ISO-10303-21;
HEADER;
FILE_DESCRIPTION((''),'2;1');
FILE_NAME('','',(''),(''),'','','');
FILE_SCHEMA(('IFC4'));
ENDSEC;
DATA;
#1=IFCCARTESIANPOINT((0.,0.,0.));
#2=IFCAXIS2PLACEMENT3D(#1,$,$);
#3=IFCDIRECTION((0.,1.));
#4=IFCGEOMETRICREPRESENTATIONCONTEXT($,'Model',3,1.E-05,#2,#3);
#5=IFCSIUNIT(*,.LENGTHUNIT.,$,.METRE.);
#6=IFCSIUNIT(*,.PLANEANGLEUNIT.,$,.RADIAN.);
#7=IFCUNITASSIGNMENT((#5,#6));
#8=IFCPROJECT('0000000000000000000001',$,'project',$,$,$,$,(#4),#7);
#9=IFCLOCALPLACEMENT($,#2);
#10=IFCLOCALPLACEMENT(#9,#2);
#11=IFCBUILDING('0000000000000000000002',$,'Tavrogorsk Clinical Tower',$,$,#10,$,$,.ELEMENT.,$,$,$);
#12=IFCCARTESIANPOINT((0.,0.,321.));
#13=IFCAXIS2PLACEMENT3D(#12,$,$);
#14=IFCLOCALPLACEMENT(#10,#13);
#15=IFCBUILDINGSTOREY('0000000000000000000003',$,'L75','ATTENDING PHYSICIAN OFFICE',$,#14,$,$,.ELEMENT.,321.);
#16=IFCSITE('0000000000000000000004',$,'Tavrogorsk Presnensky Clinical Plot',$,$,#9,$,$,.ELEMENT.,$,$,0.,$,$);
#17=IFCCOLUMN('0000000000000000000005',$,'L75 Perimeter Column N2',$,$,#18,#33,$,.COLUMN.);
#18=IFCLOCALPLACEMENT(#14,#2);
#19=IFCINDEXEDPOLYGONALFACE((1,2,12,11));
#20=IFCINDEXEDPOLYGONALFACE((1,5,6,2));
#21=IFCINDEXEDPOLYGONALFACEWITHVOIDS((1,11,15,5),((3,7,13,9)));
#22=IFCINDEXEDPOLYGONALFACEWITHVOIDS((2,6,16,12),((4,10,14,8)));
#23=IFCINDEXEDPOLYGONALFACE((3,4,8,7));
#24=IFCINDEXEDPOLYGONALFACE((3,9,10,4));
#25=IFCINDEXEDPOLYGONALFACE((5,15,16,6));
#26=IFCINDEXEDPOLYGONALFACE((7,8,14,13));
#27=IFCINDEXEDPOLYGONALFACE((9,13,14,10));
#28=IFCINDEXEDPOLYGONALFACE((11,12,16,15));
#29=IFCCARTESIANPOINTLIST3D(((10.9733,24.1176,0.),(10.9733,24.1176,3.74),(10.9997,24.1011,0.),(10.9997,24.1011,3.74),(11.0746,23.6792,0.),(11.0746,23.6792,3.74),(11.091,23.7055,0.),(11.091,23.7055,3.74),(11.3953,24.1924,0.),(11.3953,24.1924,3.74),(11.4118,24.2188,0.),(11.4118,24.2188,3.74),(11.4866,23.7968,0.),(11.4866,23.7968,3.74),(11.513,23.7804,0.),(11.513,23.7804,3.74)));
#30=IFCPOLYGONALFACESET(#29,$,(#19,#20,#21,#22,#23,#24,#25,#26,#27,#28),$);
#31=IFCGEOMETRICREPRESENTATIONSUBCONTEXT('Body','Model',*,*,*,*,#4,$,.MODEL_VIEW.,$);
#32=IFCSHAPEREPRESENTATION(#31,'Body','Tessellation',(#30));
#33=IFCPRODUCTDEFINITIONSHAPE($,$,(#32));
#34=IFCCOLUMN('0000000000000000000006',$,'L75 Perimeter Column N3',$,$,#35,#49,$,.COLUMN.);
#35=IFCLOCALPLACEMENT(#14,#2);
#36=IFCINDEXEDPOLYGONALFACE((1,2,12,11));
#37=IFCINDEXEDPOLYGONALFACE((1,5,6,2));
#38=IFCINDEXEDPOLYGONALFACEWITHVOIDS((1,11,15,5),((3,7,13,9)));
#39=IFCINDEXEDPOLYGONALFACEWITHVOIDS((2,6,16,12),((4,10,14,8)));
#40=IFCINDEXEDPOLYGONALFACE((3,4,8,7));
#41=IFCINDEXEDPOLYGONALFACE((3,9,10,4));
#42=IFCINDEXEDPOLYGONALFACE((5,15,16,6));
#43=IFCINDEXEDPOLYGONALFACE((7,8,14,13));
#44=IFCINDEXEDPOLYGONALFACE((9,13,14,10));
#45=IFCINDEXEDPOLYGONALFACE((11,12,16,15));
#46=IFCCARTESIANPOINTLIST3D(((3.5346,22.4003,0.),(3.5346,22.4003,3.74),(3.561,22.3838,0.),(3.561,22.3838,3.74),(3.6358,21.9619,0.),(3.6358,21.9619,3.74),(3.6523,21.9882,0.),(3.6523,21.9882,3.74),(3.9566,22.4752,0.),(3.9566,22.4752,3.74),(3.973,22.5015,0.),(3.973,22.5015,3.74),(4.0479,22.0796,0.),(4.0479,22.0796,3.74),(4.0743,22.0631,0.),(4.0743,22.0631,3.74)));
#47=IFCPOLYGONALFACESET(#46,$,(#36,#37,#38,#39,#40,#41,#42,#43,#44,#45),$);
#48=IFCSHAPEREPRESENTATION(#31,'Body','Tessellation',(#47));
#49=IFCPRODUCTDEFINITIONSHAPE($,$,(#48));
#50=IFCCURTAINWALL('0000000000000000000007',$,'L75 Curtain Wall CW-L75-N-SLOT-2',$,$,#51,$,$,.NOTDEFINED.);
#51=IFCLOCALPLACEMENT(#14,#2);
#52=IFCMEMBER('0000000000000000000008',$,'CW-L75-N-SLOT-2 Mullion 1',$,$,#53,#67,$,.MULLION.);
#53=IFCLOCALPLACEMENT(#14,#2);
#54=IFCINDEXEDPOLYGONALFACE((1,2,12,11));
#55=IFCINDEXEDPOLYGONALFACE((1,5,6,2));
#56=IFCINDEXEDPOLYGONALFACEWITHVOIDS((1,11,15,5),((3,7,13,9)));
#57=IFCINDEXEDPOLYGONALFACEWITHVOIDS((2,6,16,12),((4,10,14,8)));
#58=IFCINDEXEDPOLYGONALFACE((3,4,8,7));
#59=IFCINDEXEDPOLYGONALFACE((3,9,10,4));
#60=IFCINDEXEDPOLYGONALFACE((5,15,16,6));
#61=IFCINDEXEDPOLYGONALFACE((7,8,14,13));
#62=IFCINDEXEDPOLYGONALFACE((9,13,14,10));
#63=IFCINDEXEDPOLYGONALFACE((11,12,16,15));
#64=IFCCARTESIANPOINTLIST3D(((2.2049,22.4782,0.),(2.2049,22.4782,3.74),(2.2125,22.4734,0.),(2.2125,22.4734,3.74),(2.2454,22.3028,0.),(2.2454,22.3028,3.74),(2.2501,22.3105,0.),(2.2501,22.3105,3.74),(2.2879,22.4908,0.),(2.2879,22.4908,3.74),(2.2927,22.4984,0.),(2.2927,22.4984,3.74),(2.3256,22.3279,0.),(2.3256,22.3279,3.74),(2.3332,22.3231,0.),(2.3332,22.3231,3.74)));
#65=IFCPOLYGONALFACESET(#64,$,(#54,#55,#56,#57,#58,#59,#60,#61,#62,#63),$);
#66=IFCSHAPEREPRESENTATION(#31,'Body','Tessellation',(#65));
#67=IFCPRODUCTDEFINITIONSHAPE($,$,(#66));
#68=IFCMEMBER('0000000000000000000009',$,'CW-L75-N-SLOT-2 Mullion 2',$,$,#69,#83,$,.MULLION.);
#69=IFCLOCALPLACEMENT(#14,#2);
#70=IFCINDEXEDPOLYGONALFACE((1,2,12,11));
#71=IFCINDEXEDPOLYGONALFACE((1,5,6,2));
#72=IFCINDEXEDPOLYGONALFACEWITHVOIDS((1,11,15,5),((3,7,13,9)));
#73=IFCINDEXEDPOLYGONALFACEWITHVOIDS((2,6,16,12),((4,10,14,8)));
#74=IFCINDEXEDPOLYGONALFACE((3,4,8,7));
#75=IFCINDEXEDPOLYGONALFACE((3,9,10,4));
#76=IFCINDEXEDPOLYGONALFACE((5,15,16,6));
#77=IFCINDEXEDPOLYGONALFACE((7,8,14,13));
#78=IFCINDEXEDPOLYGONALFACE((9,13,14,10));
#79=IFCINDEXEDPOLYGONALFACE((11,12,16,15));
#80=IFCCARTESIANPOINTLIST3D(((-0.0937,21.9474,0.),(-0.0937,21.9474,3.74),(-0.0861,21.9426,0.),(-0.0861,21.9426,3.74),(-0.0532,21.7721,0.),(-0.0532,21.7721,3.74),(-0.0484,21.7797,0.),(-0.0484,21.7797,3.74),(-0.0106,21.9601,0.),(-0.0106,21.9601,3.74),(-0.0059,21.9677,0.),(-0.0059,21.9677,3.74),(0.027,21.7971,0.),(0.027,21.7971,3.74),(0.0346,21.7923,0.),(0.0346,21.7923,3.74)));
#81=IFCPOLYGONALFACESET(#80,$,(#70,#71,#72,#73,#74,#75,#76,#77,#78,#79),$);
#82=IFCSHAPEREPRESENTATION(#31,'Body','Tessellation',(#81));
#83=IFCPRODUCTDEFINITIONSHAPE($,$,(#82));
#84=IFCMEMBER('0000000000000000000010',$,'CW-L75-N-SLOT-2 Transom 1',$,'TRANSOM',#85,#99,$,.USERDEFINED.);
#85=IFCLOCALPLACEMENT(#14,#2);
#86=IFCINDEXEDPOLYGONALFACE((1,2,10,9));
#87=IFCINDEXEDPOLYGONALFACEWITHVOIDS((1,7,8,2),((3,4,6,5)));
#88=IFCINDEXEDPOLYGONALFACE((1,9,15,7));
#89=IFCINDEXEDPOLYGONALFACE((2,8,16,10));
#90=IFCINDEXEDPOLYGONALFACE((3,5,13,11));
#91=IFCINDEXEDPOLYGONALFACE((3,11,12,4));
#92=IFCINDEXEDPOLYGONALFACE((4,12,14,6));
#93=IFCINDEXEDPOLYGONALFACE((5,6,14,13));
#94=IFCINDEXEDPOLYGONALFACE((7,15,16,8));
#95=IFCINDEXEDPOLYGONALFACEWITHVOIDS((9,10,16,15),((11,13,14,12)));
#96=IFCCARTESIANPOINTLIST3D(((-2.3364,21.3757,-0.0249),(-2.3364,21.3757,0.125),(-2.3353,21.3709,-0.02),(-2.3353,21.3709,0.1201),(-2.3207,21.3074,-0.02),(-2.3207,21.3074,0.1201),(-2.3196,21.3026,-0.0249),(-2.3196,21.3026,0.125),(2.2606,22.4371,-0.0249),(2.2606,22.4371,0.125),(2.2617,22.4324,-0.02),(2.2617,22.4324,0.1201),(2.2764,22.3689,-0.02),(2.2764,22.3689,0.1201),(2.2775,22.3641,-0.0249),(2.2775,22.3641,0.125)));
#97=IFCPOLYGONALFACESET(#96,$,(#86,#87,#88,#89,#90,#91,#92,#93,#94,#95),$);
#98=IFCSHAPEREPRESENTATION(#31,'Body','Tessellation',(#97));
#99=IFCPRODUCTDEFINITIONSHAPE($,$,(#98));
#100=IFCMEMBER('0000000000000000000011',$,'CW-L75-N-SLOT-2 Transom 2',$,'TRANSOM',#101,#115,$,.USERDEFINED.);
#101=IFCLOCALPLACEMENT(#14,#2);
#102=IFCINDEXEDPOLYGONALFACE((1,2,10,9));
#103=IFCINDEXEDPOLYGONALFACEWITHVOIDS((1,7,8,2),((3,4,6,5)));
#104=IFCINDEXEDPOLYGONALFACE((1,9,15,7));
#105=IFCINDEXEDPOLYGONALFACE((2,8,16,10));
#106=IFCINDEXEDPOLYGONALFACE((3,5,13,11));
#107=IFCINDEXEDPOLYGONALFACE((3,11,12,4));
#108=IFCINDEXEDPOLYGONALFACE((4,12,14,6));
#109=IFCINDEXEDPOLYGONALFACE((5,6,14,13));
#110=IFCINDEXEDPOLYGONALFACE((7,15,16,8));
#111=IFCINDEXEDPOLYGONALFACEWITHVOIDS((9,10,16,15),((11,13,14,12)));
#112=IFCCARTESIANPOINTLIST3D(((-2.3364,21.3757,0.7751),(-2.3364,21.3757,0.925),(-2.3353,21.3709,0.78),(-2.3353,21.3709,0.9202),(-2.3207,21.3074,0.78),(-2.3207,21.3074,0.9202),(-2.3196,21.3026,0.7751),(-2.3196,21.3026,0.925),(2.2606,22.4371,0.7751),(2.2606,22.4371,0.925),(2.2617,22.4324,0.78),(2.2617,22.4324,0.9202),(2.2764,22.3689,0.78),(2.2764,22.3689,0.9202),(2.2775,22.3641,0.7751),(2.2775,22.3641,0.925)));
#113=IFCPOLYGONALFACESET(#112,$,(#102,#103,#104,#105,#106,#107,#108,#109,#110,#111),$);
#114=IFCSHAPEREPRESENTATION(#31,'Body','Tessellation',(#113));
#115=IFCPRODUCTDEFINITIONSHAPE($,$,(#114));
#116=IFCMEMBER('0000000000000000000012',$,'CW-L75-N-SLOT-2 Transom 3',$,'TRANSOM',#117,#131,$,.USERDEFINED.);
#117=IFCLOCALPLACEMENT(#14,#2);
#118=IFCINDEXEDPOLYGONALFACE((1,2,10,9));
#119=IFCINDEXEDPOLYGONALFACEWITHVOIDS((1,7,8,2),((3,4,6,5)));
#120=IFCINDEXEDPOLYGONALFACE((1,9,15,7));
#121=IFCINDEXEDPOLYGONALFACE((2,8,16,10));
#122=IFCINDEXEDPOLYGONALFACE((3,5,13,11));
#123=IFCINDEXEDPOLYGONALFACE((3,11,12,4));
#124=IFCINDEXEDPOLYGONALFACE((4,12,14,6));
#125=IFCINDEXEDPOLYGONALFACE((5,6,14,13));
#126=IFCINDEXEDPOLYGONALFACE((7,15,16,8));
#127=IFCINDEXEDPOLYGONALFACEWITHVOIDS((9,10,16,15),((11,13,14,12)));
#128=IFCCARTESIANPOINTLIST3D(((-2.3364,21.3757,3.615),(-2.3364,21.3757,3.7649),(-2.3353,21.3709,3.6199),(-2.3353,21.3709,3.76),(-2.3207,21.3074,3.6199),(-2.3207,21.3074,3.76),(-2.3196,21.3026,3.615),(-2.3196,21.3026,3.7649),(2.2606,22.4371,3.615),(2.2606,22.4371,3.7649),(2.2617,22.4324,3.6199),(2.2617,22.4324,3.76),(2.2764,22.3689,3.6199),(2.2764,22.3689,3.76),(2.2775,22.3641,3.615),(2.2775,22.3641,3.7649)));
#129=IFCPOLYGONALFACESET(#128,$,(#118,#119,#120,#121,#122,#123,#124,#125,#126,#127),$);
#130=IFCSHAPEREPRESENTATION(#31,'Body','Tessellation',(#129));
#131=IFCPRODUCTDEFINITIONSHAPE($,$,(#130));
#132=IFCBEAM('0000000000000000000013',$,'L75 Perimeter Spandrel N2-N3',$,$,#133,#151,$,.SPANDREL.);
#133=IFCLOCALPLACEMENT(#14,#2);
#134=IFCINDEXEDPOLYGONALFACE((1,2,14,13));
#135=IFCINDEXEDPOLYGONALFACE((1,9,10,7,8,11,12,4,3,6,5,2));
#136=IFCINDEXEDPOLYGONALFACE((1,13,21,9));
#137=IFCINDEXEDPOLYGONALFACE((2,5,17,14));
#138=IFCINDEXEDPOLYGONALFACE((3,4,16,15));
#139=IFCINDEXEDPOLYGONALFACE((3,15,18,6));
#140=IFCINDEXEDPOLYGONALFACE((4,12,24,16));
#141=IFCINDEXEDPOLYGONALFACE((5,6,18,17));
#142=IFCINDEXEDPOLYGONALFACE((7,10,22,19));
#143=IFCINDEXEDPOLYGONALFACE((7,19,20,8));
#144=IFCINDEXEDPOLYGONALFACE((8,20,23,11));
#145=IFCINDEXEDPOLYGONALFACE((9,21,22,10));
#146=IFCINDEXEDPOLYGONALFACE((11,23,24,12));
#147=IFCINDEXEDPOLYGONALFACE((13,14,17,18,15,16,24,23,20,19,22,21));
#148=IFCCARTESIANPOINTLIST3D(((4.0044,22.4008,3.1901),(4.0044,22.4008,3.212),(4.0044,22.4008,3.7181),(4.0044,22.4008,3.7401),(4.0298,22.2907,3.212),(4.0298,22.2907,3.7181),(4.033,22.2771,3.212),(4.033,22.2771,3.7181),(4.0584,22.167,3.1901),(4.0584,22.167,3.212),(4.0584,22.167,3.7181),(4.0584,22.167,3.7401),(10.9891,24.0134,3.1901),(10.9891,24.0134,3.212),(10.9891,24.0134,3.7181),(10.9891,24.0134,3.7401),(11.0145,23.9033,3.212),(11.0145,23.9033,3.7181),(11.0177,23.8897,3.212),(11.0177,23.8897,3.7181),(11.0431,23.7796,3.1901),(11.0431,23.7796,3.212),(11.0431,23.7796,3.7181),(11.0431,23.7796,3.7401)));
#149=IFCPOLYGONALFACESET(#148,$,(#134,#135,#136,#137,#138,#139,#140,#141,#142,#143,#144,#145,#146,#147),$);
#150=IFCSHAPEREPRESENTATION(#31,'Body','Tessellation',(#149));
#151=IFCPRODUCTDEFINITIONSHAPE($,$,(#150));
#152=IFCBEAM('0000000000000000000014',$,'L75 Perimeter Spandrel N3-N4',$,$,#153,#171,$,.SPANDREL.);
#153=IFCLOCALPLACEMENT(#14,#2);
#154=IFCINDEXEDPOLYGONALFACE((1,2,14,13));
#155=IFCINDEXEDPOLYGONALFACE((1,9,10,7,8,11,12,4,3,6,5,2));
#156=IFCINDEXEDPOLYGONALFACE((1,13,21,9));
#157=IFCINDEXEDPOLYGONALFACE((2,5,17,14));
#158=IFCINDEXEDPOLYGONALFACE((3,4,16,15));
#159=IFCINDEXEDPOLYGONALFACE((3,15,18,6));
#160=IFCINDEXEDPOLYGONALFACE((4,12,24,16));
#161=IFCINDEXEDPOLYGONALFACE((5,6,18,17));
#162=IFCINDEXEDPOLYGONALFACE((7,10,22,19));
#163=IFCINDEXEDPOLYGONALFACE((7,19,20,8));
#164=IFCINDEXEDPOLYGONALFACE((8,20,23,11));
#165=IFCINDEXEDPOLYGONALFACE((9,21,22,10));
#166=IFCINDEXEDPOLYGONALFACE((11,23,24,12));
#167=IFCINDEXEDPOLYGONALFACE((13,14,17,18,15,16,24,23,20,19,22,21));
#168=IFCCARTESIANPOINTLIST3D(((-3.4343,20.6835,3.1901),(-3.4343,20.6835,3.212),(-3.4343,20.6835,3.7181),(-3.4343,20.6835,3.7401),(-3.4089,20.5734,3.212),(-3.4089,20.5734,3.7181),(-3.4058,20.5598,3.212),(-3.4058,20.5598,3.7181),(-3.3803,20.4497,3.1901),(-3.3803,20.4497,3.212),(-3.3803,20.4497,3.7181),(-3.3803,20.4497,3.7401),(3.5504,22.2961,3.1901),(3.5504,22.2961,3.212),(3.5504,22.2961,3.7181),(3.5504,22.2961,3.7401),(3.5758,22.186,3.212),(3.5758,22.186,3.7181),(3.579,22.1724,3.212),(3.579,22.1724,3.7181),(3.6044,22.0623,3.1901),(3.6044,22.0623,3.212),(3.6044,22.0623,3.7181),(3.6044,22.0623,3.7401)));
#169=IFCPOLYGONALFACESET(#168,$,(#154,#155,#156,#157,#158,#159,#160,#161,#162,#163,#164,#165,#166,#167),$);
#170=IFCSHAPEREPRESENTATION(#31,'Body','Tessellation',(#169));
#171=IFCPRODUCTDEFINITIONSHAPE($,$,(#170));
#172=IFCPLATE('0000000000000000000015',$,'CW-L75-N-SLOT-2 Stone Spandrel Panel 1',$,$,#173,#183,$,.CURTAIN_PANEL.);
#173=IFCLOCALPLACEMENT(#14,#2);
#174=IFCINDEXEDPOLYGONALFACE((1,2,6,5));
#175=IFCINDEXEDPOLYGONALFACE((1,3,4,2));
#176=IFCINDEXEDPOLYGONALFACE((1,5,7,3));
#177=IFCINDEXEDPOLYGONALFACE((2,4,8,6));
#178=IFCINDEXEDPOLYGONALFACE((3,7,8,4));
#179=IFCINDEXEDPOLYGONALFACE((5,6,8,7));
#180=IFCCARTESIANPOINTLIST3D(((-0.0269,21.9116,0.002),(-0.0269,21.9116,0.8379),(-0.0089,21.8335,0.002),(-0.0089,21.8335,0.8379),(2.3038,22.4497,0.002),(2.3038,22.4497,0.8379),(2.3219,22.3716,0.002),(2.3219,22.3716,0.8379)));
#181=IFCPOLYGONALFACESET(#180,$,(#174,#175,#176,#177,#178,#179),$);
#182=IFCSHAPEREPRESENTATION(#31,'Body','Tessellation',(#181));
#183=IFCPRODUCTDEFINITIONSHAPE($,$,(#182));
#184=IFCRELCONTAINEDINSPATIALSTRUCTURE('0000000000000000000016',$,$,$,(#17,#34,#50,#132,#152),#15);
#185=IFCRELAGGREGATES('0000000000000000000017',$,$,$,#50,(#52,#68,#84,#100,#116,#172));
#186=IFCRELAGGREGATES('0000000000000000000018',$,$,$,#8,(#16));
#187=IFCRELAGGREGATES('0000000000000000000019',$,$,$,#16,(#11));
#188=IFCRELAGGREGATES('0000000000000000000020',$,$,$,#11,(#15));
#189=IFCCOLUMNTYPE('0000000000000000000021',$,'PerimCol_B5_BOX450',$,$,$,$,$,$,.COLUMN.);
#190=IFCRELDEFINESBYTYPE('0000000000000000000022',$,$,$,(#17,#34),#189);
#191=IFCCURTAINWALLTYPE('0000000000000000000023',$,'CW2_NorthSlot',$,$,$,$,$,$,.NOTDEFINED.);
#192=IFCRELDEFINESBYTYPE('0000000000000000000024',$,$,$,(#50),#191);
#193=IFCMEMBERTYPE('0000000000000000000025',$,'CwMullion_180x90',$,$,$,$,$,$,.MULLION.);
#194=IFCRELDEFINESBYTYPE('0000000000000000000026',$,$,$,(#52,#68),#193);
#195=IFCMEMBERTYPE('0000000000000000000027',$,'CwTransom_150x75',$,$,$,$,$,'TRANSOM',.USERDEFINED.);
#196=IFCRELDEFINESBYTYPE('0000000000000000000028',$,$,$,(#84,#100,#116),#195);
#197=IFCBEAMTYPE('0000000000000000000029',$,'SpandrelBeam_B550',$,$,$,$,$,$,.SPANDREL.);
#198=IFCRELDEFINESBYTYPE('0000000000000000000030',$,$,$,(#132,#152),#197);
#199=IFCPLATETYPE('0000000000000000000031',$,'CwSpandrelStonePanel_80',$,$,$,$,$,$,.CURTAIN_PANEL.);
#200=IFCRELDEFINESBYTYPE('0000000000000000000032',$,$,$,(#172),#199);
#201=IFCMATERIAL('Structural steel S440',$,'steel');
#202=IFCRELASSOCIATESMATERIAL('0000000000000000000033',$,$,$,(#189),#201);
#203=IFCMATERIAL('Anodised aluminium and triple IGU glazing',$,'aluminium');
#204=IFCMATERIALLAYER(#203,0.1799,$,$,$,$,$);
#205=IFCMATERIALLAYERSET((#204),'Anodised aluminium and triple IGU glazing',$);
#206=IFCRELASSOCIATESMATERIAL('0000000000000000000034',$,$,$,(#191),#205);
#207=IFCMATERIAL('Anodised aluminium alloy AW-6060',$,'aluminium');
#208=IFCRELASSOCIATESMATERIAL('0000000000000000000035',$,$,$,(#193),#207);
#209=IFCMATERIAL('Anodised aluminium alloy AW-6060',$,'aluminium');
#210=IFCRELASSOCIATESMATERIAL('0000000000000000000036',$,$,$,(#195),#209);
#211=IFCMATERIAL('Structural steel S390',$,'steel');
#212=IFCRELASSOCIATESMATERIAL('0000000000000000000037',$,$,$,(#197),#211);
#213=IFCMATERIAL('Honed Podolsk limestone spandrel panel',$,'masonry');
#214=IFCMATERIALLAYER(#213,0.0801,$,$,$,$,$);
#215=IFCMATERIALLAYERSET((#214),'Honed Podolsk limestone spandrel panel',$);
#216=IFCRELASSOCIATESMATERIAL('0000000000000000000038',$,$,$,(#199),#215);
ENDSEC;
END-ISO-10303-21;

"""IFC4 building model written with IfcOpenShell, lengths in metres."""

from ifc_helpers import new_model, si_unit, direction, frame, origin, origin_2d, place, context, subcontext, project, spatial, rectangle, hollow_rectangle, i_section, extrude, material, layer, layer_set, material_profile, profile_set, type_object, element, aggregate, save


model = new_model("IFC4")

# Units and contexts
model_context = context("Model", 3, precision=1e-05, world=origin(), true_north=direction((0.0, 1.0)))
body_context = subcontext(model_context, "Body", "Model", "MODEL_VIEW")
ifc_project = project(units=[si_unit("LENGTHUNIT", "METRE"), si_unit("PLANEANGLEUNIT", "RADIAN")], contexts=[model_context])

# Site, building, storey
site_placement = place(None, origin())
site = spatial("IfcSite", under=ifc_project, at=site_placement, Name="Tavrogorsk Presnensky Clinical Plot", CompositionType="ELEMENT", RefElevation=0.0)
building_placement = place(site_placement, origin())
building = spatial("IfcBuilding", under=site, at=building_placement, Name="Tavrogorsk Clinical Tower", CompositionType="ELEMENT")
storey_placement = place(building_placement, frame((0.0, 0.0, 321.0)))
storey = spatial("IfcBuildingStorey", under=building, at=storey_placement, Name="L75", Description="ATTENDING PHYSICIAN OFFICE", CompositionType="ELEMENT", Elevation=321.0)

# Columns
ifc_material_1 = material(Name="Structural steel S440", Category="steel")
ifc_material_profile_1 = material_profile(ifc_material_1, hollow_rectangle(XDim=0.45, YDim=0.45, WallThickness=0.022, at=origin_2d()), Name="BOX-450x450x22")
ifc_profile_set_1 = profile_set([ifc_material_profile_1], Name="Structural steel S440")
column_type = type_object("IfcColumnType", Name="PerimCol_B5_BOX450", PredefinedType="COLUMN", material=ifc_profile_set_1)
for number, where, z_axis, x_axis, name in (
    (1, (11.2432, 23.949, 0.0), (0.0, 0.0, 1.0), (0.97437, 0.224951, 0.0), "L75 Perimeter Column N2"),
    (2, (3.8044, 22.2317, 0.0), (0.0, 0.0, 1.0), (0.97437, 0.224951, 0.0), "L75 Perimeter Column N3"),
):
    element("IfcColumn", number, at=place(storey_placement, frame(where, z_axis=z_axis, x_axis=x_axis)), inside=storey, type_object=column_type, Name=name, PredefinedType="COLUMN", context=body_context, shape_type="SweptSolid", body=[
        extrude(hollow_rectangle(XDim=0.45, YDim=0.45, WallThickness=0.022, at=origin_2d()), origin(), (0.0, 0.0, 1.0), 3.74),
    ])

# Curtain wall, members
ifc_material_2 = material(Name="Anodised aluminium and triple IGU glazing", Category="aluminium")
ifc_layer_1 = layer(ifc_material_2, 0.1799)
ifc_layer_set_1 = layer_set([ifc_layer_1], Name="Anodised aluminium and triple IGU glazing")
curtain_wall_type = type_object("IfcCurtainWallType", Name="CW2_NorthSlot", PredefinedType="NOTDEFINED", material=ifc_layer_set_1)
curtain_wall_placement = place(storey_placement, origin())
curtain_wall = element("IfcCurtainWall", 3, at=curtain_wall_placement, inside=storey, type_object=curtain_wall_type, Name="L75 Curtain Wall CW-L75-N-SLOT-2", PredefinedType="NOTDEFINED")
ifc_material_3 = material(Name="Anodised aluminium alloy AW-6060", Category="aluminium")
ifc_material_profile_2 = material_profile(ifc_material_3, hollow_rectangle(XDim=0.0901, YDim=0.1799, WallThickness=0.0063, at=origin_2d()), Name="RHS-180x90x6.3")
ifc_profile_set_2 = profile_set([ifc_material_profile_2], Name="Anodised aluminium alloy AW-6060")
member_type_1 = type_object("IfcMemberType", Name="CwMullion_180x90", PredefinedType="MULLION", material=ifc_profile_set_2)
member_1_placement = place(storey_placement, frame((2.269, 22.4006, 0.0), z_axis=(0.0, 0.0, 1.0), x_axis=(-0.97437, -0.224951, 0.0)))
member_1 = element("IfcMember", 4, at=member_1_placement, type_object=member_type_1, Name="CW-L75-N-SLOT-2 Mullion 1", PredefinedType="MULLION", context=body_context, shape_type="SweptSolid", body=[
    extrude(hollow_rectangle(XDim=0.0901, YDim=0.1799, WallThickness=0.0063, at=origin_2d()), origin(), (0.0, 0.0, 1.0), 3.74),
])
member_2_placement = place(storey_placement, frame((-0.0295, 21.8699, 0.0), z_axis=(0.0, 0.0, 1.0), x_axis=(-0.97437, -0.224951, 0.0)))
member_2 = element("IfcMember", 5, at=member_2_placement, type_object=member_type_1, Name="CW-L75-N-SLOT-2 Mullion 2", PredefinedType="MULLION", context=body_context, shape_type="SweptSolid", body=[
    extrude(hollow_rectangle(XDim=0.0901, YDim=0.1799, WallThickness=0.0063, at=origin_2d()), origin(), (0.0, 0.0, 1.0), 3.74),
])
ifc_material_4 = material(Name="Anodised aluminium alloy AW-6060", Category="aluminium")
ifc_material_profile_3 = material_profile(ifc_material_4, hollow_rectangle(XDim=0.075, YDim=0.1499, WallThickness=0.0049, at=origin_2d()), Name="RHS-150x75x5")
ifc_profile_set_3 = profile_set([ifc_material_profile_3], Name="Anodised aluminium alloy AW-6060")
member_type_2 = type_object("IfcMemberType", Name="CwTransom_150x75", ElementType="TRANSOM", PredefinedType="USERDEFINED", material=ifc_profile_set_3)
member_3_placement = place(storey_placement, frame((2.269, 22.4006, 0.05), z_axis=(-0.974362, -0.224988, 0.0), x_axis=(0.224988, -0.974362, 0.0)))
member_3 = element("IfcMember", 6, at=member_3_placement, type_object=member_type_2, Name="CW-L75-N-SLOT-2 Transom 1", ObjectType="TRANSOM", PredefinedType="USERDEFINED", context=body_context, shape_type="SweptSolid", body=[
    extrude(hollow_rectangle(XDim=0.075, YDim=0.1499, WallThickness=0.0049, at=origin_2d()), origin(), (0.0, 0.0, 1.0), 4.718),
])
member_4_placement = place(storey_placement, frame((2.269, 22.4006, 0.8501), z_axis=(-0.974362, -0.224988, 0.0), x_axis=(0.224988, -0.974362, 0.0)))
member_4 = element("IfcMember", 7, at=member_4_placement, type_object=member_type_2, Name="CW-L75-N-SLOT-2 Transom 2", ObjectType="TRANSOM", PredefinedType="USERDEFINED", context=body_context, shape_type="SweptSolid", body=[
    extrude(hollow_rectangle(XDim=0.075, YDim=0.1499, WallThickness=0.0049, at=origin_2d()), origin(), (0.0, 0.0, 1.0), 4.718),
])
member_5_placement = place(storey_placement, frame((2.269, 22.4006, 3.6899), z_axis=(-0.974362, -0.224988, 0.0), x_axis=(0.224988, -0.974362, 0.0)))
member_5 = element("IfcMember", 8, at=member_5_placement, type_object=member_type_2, Name="CW-L75-N-SLOT-2 Transom 3", ObjectType="TRANSOM", PredefinedType="USERDEFINED", context=body_context, shape_type="SweptSolid", body=[
    extrude(hollow_rectangle(XDim=0.075, YDim=0.1499, WallThickness=0.0049, at=origin_2d()), origin(), (0.0, 0.0, 1.0), 4.718),
])

# Beams
ifc_material_5 = material(Name="Structural steel S390", Category="steel")
ifc_material_profile_4 = material_profile(ifc_material_5, i_section(OverallWidth=0.24, OverallDepth=0.55, WebThickness=0.0139, FlangeThickness=0.022, at=origin_2d()), Name="B-550x240x14x22")
ifc_profile_set_4 = profile_set([ifc_material_profile_4], Name="Structural steel S390")
beam_type = type_object("IfcBeamType", Name="SpandrelBeam_B550", PredefinedType="SPANDREL", material=ifc_profile_set_4)
for number, where, z_axis, x_axis, name in (
    (9, (11.0161, 23.8965, 3.4651), (-0.974369, -0.224954, 0.0), (0.224954, -0.974369, 0.0), "L75 Perimeter Spandrel N2-N3"),
    (10, (3.5774, 22.1792, 3.4651), (-0.974369, -0.224954, 0.0), (0.224954, -0.974369, 0.0), "L75 Perimeter Spandrel N3-N4"),
):
    element("IfcBeam", number, at=place(storey_placement, frame(where, z_axis=z_axis, x_axis=x_axis)), inside=storey, type_object=beam_type, Name=name, PredefinedType="SPANDREL", context=body_context, shape_type="SweptSolid", body=[
        extrude(i_section(OverallWidth=0.24, OverallDepth=0.55, WebThickness=0.0139, FlangeThickness=0.022, at=origin_2d()), origin(), (0.0, 0.0, 1.0), 7.1685),
    ])

# Plate
ifc_material_6 = material(Name="Honed Podolsk limestone spandrel panel", Category="masonry")
ifc_layer_2 = layer(ifc_material_6, 0.0801)
ifc_layer_set_2 = layer_set([ifc_layer_2], Name="Honed Podolsk limestone spandrel panel")
plate_type_1 = type_object("IfcPlateType", Name="CwSpandrelStonePanel_80", PredefinedType="CURTAIN_PANEL", material=ifc_layer_set_2)
plate_1_placement = place(storey_placement, frame((1.1475, 22.1416, 0.002), z_axis=(0.0, 0.0, 1.0), x_axis=(-0.97437, -0.224951, 0.0)))
plate_1 = element("IfcPlate", 11, at=plate_1_placement, type_object=plate_type_1, Name="CW-L75-N-SLOT-2 Stone Spandrel Panel 1", PredefinedType="CURTAIN_PANEL", context=body_context, shape_type="SweptSolid", body=[
    extrude(rectangle(XDim=2.3921, YDim=0.0801, at=origin_2d()), origin(), (0.0, 0.0, 1.0), 0.8359),
])
aggregate(curtain_wall, [member_1, member_2, member_3, member_4, member_5, plate_1])

save(model, "model.ifc")
